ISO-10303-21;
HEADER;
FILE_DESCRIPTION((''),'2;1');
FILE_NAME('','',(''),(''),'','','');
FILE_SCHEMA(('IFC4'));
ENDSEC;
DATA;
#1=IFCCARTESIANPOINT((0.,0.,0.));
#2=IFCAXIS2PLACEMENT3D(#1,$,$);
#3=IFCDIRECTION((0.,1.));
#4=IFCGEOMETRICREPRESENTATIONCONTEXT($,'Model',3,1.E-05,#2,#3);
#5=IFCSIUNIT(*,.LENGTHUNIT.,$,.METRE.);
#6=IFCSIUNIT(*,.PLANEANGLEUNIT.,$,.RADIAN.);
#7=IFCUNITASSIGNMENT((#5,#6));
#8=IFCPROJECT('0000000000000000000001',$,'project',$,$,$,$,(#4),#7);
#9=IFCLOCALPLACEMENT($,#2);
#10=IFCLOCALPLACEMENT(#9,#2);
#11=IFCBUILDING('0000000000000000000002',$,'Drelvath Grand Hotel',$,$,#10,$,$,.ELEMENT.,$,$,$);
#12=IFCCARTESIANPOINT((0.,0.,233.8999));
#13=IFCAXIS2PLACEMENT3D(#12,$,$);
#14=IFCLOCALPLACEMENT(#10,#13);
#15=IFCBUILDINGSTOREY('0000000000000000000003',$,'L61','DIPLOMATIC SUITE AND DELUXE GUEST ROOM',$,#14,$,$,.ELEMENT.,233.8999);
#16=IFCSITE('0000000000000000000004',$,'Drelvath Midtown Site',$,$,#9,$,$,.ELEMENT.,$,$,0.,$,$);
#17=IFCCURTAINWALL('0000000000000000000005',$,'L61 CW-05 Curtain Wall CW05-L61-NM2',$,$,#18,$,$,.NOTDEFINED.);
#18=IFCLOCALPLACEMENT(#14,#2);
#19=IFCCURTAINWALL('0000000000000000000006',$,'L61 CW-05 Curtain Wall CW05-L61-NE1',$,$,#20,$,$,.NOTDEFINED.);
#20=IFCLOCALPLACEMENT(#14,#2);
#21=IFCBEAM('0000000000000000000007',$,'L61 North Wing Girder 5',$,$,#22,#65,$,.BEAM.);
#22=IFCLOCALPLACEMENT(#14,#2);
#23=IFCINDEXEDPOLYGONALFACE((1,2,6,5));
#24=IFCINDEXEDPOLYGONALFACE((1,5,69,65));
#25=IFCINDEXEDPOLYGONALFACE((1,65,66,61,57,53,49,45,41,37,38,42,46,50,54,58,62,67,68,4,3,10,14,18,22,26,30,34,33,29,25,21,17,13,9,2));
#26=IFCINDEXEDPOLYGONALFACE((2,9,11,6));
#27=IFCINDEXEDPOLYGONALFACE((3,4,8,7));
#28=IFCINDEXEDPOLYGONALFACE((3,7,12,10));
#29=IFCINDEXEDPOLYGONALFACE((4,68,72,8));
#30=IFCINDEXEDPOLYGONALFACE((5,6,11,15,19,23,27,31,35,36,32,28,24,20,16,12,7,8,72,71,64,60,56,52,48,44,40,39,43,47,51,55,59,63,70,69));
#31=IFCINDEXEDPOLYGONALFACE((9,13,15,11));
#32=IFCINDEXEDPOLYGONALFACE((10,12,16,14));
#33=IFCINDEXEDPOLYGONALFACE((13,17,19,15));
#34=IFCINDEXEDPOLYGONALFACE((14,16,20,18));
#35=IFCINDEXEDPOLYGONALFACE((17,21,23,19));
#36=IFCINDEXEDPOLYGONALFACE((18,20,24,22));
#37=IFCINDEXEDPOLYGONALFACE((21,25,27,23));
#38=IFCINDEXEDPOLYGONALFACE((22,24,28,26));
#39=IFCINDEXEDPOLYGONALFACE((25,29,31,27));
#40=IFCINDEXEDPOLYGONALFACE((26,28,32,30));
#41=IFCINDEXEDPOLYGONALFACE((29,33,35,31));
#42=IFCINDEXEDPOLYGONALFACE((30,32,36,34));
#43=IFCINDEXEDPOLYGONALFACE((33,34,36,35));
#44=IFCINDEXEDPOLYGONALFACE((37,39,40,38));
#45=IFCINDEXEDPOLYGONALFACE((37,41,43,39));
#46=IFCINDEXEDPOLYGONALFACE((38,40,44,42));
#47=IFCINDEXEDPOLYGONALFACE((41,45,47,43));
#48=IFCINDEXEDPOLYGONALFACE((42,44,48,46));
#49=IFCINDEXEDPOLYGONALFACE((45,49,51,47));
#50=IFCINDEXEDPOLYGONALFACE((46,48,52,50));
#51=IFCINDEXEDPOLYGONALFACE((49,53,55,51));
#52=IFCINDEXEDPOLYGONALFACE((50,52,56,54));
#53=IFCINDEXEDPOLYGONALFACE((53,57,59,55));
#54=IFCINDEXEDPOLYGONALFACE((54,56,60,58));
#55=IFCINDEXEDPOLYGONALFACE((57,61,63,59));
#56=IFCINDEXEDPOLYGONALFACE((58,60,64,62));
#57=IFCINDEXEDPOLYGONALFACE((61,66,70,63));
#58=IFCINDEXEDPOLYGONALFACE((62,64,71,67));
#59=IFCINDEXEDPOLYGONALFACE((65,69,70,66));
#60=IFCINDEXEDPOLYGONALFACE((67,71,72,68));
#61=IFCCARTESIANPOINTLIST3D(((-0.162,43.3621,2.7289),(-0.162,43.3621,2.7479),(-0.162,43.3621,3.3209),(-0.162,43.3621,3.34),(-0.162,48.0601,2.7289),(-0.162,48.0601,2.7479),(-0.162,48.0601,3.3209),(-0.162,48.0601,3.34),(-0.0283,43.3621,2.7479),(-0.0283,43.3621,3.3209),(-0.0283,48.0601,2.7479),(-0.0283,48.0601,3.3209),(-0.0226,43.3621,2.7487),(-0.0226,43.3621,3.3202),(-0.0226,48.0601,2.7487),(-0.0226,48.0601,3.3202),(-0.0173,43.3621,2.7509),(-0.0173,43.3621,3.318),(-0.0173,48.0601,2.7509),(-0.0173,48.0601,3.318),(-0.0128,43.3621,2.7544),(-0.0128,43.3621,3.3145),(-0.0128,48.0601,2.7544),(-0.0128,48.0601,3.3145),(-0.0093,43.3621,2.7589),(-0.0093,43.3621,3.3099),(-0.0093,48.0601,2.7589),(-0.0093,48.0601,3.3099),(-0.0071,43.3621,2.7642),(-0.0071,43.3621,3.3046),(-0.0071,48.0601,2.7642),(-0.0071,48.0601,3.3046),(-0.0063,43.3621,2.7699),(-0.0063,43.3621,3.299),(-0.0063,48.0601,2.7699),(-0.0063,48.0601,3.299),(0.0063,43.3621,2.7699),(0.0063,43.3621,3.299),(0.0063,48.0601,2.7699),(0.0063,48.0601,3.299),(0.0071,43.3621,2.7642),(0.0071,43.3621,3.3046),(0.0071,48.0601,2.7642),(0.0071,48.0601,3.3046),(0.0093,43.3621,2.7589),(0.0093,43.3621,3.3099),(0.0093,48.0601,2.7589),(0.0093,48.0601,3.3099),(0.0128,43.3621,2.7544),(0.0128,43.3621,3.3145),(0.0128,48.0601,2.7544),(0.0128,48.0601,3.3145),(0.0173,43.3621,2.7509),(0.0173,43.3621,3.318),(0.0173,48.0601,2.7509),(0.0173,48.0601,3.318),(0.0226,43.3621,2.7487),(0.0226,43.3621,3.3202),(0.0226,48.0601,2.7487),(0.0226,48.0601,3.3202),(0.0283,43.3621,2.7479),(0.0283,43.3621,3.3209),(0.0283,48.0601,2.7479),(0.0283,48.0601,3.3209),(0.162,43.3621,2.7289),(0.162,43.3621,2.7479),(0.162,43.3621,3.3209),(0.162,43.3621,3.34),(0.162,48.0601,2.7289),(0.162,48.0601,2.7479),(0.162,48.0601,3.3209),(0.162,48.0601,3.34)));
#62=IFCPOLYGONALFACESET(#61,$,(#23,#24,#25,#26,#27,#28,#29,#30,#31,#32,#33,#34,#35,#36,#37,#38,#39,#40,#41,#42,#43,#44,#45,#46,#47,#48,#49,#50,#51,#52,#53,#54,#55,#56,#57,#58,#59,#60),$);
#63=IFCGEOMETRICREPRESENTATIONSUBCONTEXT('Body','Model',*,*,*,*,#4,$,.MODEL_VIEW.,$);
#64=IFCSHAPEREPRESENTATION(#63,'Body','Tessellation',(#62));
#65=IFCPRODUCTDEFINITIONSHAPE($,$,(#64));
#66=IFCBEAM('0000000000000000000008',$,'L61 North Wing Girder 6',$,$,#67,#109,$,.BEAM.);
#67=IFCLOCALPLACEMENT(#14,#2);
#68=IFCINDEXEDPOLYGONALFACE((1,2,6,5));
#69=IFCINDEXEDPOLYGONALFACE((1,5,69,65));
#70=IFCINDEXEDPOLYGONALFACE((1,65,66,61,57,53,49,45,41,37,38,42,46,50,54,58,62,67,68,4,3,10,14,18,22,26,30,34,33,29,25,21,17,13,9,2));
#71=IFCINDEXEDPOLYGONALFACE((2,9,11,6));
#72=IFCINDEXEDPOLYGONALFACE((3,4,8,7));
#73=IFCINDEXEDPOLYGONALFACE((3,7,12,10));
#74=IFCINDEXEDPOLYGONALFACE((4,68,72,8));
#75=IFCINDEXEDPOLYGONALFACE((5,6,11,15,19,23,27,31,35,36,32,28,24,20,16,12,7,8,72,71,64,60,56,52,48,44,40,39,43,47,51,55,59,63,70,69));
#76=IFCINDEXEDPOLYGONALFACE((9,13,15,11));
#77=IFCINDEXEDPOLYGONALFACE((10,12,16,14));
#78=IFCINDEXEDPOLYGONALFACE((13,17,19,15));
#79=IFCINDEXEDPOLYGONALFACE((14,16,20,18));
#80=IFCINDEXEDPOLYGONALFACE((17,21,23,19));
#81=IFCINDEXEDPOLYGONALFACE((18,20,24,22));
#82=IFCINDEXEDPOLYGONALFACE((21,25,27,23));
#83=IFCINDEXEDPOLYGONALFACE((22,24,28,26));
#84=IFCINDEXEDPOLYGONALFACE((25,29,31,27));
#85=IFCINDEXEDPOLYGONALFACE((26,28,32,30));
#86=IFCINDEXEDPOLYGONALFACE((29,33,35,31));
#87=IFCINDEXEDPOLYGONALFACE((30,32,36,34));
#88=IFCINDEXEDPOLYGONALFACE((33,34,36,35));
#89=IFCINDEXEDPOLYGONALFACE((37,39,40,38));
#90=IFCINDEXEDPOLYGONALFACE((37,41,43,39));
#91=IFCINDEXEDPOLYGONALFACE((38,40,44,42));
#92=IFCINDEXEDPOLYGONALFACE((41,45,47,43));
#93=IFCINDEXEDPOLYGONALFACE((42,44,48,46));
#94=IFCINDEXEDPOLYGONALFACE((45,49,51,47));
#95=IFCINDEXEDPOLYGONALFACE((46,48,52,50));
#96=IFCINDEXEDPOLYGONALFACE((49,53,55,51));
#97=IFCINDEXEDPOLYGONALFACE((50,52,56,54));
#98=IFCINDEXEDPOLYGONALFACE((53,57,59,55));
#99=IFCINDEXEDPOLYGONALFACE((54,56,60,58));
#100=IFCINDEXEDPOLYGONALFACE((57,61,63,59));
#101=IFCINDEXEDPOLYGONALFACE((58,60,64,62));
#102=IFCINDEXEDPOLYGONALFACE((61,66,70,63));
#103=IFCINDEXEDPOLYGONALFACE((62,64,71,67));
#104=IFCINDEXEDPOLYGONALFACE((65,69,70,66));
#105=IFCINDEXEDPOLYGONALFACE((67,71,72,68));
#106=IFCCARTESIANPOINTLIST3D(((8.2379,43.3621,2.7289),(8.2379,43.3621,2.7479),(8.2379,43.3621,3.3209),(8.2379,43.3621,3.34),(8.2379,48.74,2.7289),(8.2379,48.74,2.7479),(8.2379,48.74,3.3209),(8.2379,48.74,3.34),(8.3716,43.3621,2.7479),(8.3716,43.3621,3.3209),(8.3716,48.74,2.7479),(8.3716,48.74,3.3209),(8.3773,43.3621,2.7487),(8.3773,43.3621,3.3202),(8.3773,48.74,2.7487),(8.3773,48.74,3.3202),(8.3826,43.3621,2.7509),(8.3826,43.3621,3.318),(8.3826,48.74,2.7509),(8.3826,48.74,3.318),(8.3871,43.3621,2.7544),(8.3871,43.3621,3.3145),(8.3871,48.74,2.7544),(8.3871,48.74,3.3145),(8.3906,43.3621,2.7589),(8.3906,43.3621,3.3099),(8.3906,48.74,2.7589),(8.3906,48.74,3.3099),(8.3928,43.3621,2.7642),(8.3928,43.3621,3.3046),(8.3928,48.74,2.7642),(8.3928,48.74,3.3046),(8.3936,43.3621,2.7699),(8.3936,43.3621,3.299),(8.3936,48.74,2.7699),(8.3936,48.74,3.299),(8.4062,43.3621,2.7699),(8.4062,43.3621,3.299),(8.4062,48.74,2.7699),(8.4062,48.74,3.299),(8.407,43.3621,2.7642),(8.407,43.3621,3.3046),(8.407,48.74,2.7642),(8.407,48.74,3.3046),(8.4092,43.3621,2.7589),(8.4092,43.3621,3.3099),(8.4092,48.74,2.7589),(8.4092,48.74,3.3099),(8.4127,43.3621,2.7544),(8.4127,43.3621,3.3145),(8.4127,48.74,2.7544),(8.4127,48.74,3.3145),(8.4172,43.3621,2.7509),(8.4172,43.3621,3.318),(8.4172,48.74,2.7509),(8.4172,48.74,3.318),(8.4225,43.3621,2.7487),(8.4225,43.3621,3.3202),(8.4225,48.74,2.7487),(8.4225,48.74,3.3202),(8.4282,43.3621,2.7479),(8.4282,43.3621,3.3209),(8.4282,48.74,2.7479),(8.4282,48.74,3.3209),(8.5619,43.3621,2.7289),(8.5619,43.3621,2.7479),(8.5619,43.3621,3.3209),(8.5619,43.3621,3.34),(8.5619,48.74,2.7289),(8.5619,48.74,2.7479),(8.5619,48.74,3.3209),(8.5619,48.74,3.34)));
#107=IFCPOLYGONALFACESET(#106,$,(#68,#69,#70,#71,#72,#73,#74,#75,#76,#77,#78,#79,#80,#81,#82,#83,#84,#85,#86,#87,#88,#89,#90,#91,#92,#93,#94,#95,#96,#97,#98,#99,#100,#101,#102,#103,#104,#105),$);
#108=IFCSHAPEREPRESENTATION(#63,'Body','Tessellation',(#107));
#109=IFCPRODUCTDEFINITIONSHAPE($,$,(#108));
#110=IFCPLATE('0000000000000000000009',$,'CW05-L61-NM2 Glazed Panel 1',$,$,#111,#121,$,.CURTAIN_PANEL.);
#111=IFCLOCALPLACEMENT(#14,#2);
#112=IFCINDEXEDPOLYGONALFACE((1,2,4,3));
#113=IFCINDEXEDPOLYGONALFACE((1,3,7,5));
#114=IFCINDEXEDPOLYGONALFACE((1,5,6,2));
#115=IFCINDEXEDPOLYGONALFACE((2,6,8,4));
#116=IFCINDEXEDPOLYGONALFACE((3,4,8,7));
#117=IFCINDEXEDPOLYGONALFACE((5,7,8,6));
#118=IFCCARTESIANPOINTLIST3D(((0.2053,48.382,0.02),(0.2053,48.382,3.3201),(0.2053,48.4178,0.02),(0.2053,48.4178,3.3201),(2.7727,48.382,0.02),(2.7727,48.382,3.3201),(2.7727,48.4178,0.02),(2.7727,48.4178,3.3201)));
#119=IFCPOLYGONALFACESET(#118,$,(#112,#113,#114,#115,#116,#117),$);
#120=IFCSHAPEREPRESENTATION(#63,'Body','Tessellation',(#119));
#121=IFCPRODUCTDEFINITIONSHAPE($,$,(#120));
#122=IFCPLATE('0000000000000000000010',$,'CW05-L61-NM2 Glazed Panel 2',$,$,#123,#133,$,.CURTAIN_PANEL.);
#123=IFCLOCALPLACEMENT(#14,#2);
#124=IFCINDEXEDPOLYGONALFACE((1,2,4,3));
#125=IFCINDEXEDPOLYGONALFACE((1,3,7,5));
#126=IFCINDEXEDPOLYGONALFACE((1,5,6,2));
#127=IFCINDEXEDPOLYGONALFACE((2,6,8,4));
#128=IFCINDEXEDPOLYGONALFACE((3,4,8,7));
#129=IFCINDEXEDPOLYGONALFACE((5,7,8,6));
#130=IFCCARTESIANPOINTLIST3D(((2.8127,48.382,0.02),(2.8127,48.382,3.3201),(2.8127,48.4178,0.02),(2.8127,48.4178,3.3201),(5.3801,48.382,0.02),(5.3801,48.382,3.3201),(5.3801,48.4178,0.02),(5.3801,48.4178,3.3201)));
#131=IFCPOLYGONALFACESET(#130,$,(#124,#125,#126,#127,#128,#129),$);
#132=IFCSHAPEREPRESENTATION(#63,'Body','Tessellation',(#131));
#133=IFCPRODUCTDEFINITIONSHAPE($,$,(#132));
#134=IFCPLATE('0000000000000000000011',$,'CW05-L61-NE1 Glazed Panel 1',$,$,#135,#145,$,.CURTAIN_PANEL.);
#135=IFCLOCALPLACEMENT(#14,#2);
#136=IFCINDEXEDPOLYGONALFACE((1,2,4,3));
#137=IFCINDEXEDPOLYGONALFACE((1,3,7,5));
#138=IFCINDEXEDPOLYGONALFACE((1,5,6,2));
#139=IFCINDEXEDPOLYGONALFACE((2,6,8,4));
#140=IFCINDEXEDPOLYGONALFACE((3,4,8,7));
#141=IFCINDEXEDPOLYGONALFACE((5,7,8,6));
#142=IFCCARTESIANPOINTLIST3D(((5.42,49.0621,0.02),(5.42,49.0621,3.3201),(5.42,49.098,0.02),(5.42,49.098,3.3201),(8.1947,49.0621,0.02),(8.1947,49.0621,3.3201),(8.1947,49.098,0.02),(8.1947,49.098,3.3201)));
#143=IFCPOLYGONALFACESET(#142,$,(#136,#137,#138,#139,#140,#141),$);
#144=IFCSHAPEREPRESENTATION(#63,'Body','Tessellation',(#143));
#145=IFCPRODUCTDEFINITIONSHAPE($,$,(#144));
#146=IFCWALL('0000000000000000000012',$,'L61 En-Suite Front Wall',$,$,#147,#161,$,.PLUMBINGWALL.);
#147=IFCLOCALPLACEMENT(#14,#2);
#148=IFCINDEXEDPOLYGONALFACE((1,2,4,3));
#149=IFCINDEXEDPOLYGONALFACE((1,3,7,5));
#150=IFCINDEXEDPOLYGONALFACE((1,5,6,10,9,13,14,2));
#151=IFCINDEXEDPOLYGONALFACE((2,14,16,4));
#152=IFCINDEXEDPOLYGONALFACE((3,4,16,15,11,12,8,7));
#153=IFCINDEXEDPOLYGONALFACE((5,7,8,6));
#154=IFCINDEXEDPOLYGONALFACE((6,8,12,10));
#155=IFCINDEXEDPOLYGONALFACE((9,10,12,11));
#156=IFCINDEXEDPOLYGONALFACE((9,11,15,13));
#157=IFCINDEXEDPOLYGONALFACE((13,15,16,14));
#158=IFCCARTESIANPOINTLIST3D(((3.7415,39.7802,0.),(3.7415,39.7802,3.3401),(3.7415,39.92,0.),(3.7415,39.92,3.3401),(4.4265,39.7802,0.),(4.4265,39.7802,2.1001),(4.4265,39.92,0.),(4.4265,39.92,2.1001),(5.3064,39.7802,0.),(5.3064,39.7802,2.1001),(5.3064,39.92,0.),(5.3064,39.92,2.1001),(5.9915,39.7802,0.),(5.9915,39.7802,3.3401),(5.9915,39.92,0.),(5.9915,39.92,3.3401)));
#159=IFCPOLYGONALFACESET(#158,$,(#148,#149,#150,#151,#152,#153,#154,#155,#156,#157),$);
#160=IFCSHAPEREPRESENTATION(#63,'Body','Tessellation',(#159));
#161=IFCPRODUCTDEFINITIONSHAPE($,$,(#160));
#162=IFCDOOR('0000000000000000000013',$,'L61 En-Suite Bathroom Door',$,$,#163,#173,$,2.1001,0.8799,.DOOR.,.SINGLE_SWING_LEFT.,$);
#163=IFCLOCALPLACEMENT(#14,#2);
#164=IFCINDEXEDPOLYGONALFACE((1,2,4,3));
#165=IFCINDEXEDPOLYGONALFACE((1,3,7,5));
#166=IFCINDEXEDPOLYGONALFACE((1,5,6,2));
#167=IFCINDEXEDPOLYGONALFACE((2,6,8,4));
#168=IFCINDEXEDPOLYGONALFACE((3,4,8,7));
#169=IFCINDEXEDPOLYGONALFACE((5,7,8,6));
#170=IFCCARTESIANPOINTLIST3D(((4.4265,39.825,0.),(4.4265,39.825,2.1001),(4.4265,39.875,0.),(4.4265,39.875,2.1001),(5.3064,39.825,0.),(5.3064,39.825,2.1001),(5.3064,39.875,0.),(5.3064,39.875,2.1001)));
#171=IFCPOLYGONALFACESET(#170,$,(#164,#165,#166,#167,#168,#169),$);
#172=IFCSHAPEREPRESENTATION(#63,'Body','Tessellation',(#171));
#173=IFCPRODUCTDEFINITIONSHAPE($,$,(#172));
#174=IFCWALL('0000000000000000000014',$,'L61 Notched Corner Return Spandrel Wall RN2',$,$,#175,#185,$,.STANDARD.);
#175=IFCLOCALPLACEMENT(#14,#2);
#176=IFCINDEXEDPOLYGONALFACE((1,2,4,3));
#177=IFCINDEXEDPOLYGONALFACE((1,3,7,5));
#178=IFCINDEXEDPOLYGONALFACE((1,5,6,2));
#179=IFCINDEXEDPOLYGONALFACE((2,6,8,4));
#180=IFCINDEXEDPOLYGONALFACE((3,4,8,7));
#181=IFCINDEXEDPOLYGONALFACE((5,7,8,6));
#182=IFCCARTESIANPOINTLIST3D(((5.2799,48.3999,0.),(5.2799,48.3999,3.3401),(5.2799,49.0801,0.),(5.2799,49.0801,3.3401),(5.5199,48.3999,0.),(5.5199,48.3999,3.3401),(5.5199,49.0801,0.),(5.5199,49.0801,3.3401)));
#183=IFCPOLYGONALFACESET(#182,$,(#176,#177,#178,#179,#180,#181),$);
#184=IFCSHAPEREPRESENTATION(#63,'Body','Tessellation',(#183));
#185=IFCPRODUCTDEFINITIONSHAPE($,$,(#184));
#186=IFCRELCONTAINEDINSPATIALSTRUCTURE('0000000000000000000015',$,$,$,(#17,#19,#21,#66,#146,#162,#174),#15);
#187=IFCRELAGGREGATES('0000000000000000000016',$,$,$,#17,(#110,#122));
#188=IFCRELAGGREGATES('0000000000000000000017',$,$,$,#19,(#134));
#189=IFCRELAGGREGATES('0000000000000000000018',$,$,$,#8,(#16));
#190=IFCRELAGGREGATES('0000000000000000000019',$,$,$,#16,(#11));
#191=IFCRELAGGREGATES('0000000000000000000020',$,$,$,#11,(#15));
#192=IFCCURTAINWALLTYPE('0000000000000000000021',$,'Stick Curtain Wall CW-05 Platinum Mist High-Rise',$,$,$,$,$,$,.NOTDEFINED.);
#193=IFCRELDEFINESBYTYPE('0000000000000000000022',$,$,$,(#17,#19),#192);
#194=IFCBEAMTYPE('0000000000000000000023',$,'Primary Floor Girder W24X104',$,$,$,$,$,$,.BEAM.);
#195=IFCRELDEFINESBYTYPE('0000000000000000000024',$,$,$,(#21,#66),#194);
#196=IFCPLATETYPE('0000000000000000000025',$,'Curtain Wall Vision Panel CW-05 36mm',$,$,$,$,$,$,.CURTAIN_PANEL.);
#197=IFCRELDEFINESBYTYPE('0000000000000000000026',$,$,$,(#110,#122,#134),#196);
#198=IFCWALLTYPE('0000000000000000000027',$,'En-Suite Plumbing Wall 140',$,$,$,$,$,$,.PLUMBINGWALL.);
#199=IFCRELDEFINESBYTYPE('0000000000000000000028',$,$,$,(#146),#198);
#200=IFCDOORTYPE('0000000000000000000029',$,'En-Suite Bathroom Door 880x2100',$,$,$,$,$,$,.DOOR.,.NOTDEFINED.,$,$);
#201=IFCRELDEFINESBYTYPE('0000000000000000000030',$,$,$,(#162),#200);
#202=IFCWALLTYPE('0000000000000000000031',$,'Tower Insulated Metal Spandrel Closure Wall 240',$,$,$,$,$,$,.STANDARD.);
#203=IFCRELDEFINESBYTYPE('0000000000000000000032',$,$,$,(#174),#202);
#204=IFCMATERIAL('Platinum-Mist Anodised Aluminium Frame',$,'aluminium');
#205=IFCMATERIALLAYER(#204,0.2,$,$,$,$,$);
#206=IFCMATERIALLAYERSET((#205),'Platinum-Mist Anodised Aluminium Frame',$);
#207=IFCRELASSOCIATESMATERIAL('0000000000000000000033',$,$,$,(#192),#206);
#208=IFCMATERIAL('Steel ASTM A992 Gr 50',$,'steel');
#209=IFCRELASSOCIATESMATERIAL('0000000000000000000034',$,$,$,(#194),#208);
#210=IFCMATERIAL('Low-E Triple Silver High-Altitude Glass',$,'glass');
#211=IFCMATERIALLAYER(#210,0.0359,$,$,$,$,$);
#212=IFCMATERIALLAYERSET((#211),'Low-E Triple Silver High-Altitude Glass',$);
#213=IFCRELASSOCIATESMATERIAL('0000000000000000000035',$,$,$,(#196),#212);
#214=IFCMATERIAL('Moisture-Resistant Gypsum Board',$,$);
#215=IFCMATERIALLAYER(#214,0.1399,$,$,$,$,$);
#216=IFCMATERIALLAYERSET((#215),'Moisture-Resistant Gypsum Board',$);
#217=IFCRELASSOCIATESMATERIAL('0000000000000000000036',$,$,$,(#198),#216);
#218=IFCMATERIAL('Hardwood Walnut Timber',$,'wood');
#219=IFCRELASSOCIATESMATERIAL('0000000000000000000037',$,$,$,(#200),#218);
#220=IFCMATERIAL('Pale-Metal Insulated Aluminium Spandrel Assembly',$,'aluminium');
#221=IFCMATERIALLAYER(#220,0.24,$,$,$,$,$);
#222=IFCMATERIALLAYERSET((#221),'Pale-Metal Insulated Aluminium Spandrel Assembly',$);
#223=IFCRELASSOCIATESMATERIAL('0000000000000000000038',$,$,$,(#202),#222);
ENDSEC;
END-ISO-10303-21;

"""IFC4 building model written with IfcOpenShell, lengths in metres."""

from ifc_helpers import new_model, si_unit, direction, frame, frame_2d, origin, origin_2d, place, context, subcontext, project, spatial, rectangle, i_section, extrude, material, layer, layer_set, material_profile, profile_set, type_object, element, fill, aggregate, save


model = new_model("IFC4")

# Units and contexts
model_context = context("Model", 3, precision=1e-05, world=origin(), true_north=direction((0.0, 1.0)))
body_context = subcontext(model_context, "Body", "Model", "MODEL_VIEW")
ifc_project = project(units=[si_unit("LENGTHUNIT", "METRE"), si_unit("PLANEANGLEUNIT", "RADIAN")], contexts=[model_context])

# Site, building, storey
site_placement = place(None, origin())
site = spatial("IfcSite", under=ifc_project, at=site_placement, Name="Drelvath Midtown Site", CompositionType="ELEMENT", RefElevation=0.0)
building_placement = place(site_placement, origin())
building = spatial("IfcBuilding", under=site, at=building_placement, Name="Drelvath Grand Hotel", CompositionType="ELEMENT")
storey_placement = place(building_placement, frame((0.0, 0.0, 233.8999)))
storey = spatial("IfcBuildingStorey", under=building, at=storey_placement, Name="L61", Description="DIPLOMATIC SUITE AND DELUXE GUEST ROOM", CompositionType="ELEMENT", Elevation=233.8999)

# Curtain walls
ifc_material_1 = material(Name="Platinum-Mist Anodised Aluminium Frame", Category="aluminium")
ifc_layer_1 = layer(ifc_material_1, 0.2)
ifc_layer_set_1 = layer_set([ifc_layer_1], Name="Platinum-Mist Anodised Aluminium Frame")
curtain_wall_type = type_object("IfcCurtainWallType", Name="Stick Curtain Wall CW-05 Platinum Mist High-Rise", PredefinedType="NOTDEFINED", material=ifc_layer_set_1)
curtain_wall_1_placement = place(storey_placement, origin())
curtain_wall_1 = element("IfcCurtainWall", 1, at=curtain_wall_1_placement, inside=storey, type_object=curtain_wall_type, Name="L61 CW-05 Curtain Wall CW05-L61-NM2", PredefinedType="NOTDEFINED")
curtain_wall_2_placement = place(storey_placement, origin())
curtain_wall_2 = element("IfcCurtainWall", 2, at=curtain_wall_2_placement, inside=storey, type_object=curtain_wall_type, Name="L61 CW-05 Curtain Wall CW05-L61-NE1", PredefinedType="NOTDEFINED")

# Beams
ifc_material_2 = material(Name="Steel ASTM A992 Gr 50", Category="steel")
ifc_material_profile_1 = material_profile(ifc_material_2, i_section(OverallWidth=0.324, OverallDepth=0.6111, WebThickness=0.0127, FlangeThickness=0.019, FilletRadius=0.022, at=origin_2d()), Name="W24X104")
ifc_profile_set_1 = profile_set([ifc_material_profile_1], Name="Steel ASTM A992 Gr 50")
beam_type_1 = type_object("IfcBeamType", Name="Primary Floor Girder W24X104", PredefinedType="BEAM", material=ifc_profile_set_1)
beam_1_placement = place(storey_placement, frame((0.0, 43.3621, 3.0344), z_axis=(0.0, 1.0, 0.0), x_axis=(-1.0, 0.0, 0.0)))
element("IfcBeam", 3, at=beam_1_placement, inside=storey, type_object=beam_type_1, Name="L61 North Wing Girder 5", PredefinedType="BEAM", context=body_context, shape_type="SweptSolid", body=[
    extrude(i_section(OverallWidth=0.324, OverallDepth=0.6111, WebThickness=0.0127, FlangeThickness=0.019, FilletRadius=0.022, at=origin_2d()), origin(), (0.0, 0.0, 1.0), 4.698),
])
beam_2_placement = place(storey_placement, frame((8.3999, 43.3621, 3.0344), z_axis=(0.0, 1.0, 0.0), x_axis=(-1.0, 0.0, 0.0)))
element("IfcBeam", 4, at=beam_2_placement, inside=storey, type_object=beam_type_1, Name="L61 North Wing Girder 6", PredefinedType="BEAM", context=body_context, shape_type="SweptSolid", body=[
    extrude(i_section(OverallWidth=0.324, OverallDepth=0.6111, WebThickness=0.0127, FlangeThickness=0.019, FilletRadius=0.022, at=origin_2d()), origin(), (0.0, 0.0, 1.0), 5.3779),
])

# Plates
ifc_material_3 = material(Name="Low-E Triple Silver High-Altitude Glass", Category="glass")
ifc_layer_2 = layer(ifc_material_3, 0.0359)
ifc_layer_set_2 = layer_set([ifc_layer_2], Name="Low-E Triple Silver High-Altitude Glass")
plate_type = type_object("IfcPlateType", Name="Curtain Wall Vision Panel CW-05 36mm", PredefinedType="CURTAIN_PANEL", material=ifc_layer_set_2)
plate_1_placement = place(storey_placement, frame((1.489, 48.3999, 0.02), z_axis=(0.0, 0.0, 1.0), x_axis=(1.0, 0.0, 0.0)))
plate_1 = element("IfcPlate", 5, at=plate_1_placement, type_object=plate_type, Name="CW05-L61-NM2 Glazed Panel 1", PredefinedType="CURTAIN_PANEL", context=body_context, shape_type="SweptSolid", body=[
    extrude(rectangle(XDim=2.5674, YDim=0.0359, at=origin_2d()), origin(), (0.0, 0.0, 1.0), 3.3),
])
plate_2_placement = place(storey_placement, frame((4.0964, 48.3999, 0.02), z_axis=(0.0, 0.0, 1.0), x_axis=(1.0, 0.0, 0.0)))
plate_2 = element("IfcPlate", 6, at=plate_2_placement, type_object=plate_type, Name="CW05-L61-NM2 Glazed Panel 2", PredefinedType="CURTAIN_PANEL", context=body_context, shape_type="SweptSolid", body=[
    extrude(rectangle(XDim=2.5674, YDim=0.0359, at=origin_2d()), origin(), (0.0, 0.0, 1.0), 3.3),
])
aggregate(curtain_wall_1, [plate_1, plate_2])
plate_3_placement = place(storey_placement, frame((6.8074, 49.0801, 0.02), z_axis=(0.0, 0.0, 1.0), x_axis=(1.0, 0.0, 0.0)))
plate_3 = element("IfcPlate", 7, at=plate_3_placement, type_object=plate_type, Name="CW05-L61-NE1 Glazed Panel 1", PredefinedType="CURTAIN_PANEL", context=body_context, shape_type="SweptSolid", body=[
    extrude(rectangle(XDim=2.7747, YDim=0.0359, at=origin_2d()), origin(), (0.0, 0.0, 1.0), 3.3),
])
aggregate(curtain_wall_2, [plate_3])

# Wall, opening, door
ifc_material_4 = material(Name="Moisture-Resistant Gypsum Board")
ifc_layer_3 = layer(ifc_material_4, 0.1399)
ifc_layer_set_3 = layer_set([ifc_layer_3], Name="Moisture-Resistant Gypsum Board")
wall_type_1 = type_object("IfcWallType", Name="En-Suite Plumbing Wall 140", PredefinedType="PLUMBINGWALL", material=ifc_layer_set_3)
wall_1_placement = place(storey_placement, frame((3.7415, 39.8501, 0.0), z_axis=(0.0, 0.0, 1.0), x_axis=(1.0, 0.0, 0.0)))
wall_1 = element("IfcWall", 8, at=wall_1_placement, inside=storey, type_object=wall_type_1, Name="L61 En-Suite Front Wall", PredefinedType="PLUMBINGWALL", context=body_context, shape_type="SweptSolid", body=[
    extrude(rectangle(XDim=2.25, YDim=0.1399, at=frame_2d((1.125, 0.0))), origin(), (0.0, 0.0, 1.0), 3.3401),
])
opening_placement = place(wall_1_placement, frame((0.6851, 0.0, 0.0)))
opening = element("IfcOpeningElement", 9, at=opening_placement, cuts=wall_1, PredefinedType="OPENING", context=body_context, shape_type="SweptSolid", body=[
    extrude(rectangle(XDim=0.8799, YDim=2.1001, at=frame_2d((0.4399, 1.05))), frame((0.0, 0.0798, 0.0), z_axis=(0.0, -1.0, 0.0), x_axis=(1.0, 0.0, 0.0)), (0.0, 0.0, 1.0), 0.1599),
])
ifc_material_5 = material(Name="Hardwood Walnut Timber", Category="wood")
door_type = type_object("IfcDoorType", Name="En-Suite Bathroom Door 880x2100", OperationType="NOTDEFINED", PredefinedType="DOOR", material=ifc_material_5)
door_placement = place(opening_placement, origin())
door = element("IfcDoor", 10, at=door_placement, inside=storey, type_object=door_type, Name="L61 En-Suite Bathroom Door", OperationType="SINGLE_SWING_LEFT", OverallHeight=2.1001, OverallWidth=0.8799, PredefinedType="DOOR", context=body_context, shape_type="SweptSolid", body=[
    extrude(rectangle(XDim=0.8799, YDim=2.1001, at=frame_2d((0.4399, 1.05))), frame((0.0, 0.0249, 0.0), z_axis=(0.0, -1.0, 0.0), x_axis=(1.0, 0.0, 0.0)), (0.0, 0.0, 1.0), 0.05),
])
fill(opening, door)

# Wall
ifc_material_6 = material(Name="Pale-Metal Insulated Aluminium Spandrel Assembly", Category="aluminium")
ifc_layer_4 = layer(ifc_material_6, 0.24)
ifc_layer_set_4 = layer_set([ifc_layer_4], Name="Pale-Metal Insulated Aluminium Spandrel Assembly")
wall_type_2 = type_object("IfcWallType", Name="Tower Insulated Metal Spandrel Closure Wall 240", PredefinedType="STANDARD", material=ifc_layer_set_4)
wall_2_placement = place(storey_placement, frame((5.3999, 48.3999, 0.0), z_axis=(0.0, 0.0, 1.0), x_axis=(0.0, 1.0, 0.0)))
element("IfcWall", 11, at=wall_2_placement, inside=storey, type_object=wall_type_2, Name="L61 Notched Corner Return Spandrel Wall RN2", PredefinedType="STANDARD", context=body_context, shape_type="SweptSolid", body=[
    extrude(rectangle(XDim=0.6802, YDim=0.24, at=frame_2d((0.3401, 0.0))), origin(), (0.0, 0.0, 1.0), 3.3401),
])

save(model, "model.ifc")
